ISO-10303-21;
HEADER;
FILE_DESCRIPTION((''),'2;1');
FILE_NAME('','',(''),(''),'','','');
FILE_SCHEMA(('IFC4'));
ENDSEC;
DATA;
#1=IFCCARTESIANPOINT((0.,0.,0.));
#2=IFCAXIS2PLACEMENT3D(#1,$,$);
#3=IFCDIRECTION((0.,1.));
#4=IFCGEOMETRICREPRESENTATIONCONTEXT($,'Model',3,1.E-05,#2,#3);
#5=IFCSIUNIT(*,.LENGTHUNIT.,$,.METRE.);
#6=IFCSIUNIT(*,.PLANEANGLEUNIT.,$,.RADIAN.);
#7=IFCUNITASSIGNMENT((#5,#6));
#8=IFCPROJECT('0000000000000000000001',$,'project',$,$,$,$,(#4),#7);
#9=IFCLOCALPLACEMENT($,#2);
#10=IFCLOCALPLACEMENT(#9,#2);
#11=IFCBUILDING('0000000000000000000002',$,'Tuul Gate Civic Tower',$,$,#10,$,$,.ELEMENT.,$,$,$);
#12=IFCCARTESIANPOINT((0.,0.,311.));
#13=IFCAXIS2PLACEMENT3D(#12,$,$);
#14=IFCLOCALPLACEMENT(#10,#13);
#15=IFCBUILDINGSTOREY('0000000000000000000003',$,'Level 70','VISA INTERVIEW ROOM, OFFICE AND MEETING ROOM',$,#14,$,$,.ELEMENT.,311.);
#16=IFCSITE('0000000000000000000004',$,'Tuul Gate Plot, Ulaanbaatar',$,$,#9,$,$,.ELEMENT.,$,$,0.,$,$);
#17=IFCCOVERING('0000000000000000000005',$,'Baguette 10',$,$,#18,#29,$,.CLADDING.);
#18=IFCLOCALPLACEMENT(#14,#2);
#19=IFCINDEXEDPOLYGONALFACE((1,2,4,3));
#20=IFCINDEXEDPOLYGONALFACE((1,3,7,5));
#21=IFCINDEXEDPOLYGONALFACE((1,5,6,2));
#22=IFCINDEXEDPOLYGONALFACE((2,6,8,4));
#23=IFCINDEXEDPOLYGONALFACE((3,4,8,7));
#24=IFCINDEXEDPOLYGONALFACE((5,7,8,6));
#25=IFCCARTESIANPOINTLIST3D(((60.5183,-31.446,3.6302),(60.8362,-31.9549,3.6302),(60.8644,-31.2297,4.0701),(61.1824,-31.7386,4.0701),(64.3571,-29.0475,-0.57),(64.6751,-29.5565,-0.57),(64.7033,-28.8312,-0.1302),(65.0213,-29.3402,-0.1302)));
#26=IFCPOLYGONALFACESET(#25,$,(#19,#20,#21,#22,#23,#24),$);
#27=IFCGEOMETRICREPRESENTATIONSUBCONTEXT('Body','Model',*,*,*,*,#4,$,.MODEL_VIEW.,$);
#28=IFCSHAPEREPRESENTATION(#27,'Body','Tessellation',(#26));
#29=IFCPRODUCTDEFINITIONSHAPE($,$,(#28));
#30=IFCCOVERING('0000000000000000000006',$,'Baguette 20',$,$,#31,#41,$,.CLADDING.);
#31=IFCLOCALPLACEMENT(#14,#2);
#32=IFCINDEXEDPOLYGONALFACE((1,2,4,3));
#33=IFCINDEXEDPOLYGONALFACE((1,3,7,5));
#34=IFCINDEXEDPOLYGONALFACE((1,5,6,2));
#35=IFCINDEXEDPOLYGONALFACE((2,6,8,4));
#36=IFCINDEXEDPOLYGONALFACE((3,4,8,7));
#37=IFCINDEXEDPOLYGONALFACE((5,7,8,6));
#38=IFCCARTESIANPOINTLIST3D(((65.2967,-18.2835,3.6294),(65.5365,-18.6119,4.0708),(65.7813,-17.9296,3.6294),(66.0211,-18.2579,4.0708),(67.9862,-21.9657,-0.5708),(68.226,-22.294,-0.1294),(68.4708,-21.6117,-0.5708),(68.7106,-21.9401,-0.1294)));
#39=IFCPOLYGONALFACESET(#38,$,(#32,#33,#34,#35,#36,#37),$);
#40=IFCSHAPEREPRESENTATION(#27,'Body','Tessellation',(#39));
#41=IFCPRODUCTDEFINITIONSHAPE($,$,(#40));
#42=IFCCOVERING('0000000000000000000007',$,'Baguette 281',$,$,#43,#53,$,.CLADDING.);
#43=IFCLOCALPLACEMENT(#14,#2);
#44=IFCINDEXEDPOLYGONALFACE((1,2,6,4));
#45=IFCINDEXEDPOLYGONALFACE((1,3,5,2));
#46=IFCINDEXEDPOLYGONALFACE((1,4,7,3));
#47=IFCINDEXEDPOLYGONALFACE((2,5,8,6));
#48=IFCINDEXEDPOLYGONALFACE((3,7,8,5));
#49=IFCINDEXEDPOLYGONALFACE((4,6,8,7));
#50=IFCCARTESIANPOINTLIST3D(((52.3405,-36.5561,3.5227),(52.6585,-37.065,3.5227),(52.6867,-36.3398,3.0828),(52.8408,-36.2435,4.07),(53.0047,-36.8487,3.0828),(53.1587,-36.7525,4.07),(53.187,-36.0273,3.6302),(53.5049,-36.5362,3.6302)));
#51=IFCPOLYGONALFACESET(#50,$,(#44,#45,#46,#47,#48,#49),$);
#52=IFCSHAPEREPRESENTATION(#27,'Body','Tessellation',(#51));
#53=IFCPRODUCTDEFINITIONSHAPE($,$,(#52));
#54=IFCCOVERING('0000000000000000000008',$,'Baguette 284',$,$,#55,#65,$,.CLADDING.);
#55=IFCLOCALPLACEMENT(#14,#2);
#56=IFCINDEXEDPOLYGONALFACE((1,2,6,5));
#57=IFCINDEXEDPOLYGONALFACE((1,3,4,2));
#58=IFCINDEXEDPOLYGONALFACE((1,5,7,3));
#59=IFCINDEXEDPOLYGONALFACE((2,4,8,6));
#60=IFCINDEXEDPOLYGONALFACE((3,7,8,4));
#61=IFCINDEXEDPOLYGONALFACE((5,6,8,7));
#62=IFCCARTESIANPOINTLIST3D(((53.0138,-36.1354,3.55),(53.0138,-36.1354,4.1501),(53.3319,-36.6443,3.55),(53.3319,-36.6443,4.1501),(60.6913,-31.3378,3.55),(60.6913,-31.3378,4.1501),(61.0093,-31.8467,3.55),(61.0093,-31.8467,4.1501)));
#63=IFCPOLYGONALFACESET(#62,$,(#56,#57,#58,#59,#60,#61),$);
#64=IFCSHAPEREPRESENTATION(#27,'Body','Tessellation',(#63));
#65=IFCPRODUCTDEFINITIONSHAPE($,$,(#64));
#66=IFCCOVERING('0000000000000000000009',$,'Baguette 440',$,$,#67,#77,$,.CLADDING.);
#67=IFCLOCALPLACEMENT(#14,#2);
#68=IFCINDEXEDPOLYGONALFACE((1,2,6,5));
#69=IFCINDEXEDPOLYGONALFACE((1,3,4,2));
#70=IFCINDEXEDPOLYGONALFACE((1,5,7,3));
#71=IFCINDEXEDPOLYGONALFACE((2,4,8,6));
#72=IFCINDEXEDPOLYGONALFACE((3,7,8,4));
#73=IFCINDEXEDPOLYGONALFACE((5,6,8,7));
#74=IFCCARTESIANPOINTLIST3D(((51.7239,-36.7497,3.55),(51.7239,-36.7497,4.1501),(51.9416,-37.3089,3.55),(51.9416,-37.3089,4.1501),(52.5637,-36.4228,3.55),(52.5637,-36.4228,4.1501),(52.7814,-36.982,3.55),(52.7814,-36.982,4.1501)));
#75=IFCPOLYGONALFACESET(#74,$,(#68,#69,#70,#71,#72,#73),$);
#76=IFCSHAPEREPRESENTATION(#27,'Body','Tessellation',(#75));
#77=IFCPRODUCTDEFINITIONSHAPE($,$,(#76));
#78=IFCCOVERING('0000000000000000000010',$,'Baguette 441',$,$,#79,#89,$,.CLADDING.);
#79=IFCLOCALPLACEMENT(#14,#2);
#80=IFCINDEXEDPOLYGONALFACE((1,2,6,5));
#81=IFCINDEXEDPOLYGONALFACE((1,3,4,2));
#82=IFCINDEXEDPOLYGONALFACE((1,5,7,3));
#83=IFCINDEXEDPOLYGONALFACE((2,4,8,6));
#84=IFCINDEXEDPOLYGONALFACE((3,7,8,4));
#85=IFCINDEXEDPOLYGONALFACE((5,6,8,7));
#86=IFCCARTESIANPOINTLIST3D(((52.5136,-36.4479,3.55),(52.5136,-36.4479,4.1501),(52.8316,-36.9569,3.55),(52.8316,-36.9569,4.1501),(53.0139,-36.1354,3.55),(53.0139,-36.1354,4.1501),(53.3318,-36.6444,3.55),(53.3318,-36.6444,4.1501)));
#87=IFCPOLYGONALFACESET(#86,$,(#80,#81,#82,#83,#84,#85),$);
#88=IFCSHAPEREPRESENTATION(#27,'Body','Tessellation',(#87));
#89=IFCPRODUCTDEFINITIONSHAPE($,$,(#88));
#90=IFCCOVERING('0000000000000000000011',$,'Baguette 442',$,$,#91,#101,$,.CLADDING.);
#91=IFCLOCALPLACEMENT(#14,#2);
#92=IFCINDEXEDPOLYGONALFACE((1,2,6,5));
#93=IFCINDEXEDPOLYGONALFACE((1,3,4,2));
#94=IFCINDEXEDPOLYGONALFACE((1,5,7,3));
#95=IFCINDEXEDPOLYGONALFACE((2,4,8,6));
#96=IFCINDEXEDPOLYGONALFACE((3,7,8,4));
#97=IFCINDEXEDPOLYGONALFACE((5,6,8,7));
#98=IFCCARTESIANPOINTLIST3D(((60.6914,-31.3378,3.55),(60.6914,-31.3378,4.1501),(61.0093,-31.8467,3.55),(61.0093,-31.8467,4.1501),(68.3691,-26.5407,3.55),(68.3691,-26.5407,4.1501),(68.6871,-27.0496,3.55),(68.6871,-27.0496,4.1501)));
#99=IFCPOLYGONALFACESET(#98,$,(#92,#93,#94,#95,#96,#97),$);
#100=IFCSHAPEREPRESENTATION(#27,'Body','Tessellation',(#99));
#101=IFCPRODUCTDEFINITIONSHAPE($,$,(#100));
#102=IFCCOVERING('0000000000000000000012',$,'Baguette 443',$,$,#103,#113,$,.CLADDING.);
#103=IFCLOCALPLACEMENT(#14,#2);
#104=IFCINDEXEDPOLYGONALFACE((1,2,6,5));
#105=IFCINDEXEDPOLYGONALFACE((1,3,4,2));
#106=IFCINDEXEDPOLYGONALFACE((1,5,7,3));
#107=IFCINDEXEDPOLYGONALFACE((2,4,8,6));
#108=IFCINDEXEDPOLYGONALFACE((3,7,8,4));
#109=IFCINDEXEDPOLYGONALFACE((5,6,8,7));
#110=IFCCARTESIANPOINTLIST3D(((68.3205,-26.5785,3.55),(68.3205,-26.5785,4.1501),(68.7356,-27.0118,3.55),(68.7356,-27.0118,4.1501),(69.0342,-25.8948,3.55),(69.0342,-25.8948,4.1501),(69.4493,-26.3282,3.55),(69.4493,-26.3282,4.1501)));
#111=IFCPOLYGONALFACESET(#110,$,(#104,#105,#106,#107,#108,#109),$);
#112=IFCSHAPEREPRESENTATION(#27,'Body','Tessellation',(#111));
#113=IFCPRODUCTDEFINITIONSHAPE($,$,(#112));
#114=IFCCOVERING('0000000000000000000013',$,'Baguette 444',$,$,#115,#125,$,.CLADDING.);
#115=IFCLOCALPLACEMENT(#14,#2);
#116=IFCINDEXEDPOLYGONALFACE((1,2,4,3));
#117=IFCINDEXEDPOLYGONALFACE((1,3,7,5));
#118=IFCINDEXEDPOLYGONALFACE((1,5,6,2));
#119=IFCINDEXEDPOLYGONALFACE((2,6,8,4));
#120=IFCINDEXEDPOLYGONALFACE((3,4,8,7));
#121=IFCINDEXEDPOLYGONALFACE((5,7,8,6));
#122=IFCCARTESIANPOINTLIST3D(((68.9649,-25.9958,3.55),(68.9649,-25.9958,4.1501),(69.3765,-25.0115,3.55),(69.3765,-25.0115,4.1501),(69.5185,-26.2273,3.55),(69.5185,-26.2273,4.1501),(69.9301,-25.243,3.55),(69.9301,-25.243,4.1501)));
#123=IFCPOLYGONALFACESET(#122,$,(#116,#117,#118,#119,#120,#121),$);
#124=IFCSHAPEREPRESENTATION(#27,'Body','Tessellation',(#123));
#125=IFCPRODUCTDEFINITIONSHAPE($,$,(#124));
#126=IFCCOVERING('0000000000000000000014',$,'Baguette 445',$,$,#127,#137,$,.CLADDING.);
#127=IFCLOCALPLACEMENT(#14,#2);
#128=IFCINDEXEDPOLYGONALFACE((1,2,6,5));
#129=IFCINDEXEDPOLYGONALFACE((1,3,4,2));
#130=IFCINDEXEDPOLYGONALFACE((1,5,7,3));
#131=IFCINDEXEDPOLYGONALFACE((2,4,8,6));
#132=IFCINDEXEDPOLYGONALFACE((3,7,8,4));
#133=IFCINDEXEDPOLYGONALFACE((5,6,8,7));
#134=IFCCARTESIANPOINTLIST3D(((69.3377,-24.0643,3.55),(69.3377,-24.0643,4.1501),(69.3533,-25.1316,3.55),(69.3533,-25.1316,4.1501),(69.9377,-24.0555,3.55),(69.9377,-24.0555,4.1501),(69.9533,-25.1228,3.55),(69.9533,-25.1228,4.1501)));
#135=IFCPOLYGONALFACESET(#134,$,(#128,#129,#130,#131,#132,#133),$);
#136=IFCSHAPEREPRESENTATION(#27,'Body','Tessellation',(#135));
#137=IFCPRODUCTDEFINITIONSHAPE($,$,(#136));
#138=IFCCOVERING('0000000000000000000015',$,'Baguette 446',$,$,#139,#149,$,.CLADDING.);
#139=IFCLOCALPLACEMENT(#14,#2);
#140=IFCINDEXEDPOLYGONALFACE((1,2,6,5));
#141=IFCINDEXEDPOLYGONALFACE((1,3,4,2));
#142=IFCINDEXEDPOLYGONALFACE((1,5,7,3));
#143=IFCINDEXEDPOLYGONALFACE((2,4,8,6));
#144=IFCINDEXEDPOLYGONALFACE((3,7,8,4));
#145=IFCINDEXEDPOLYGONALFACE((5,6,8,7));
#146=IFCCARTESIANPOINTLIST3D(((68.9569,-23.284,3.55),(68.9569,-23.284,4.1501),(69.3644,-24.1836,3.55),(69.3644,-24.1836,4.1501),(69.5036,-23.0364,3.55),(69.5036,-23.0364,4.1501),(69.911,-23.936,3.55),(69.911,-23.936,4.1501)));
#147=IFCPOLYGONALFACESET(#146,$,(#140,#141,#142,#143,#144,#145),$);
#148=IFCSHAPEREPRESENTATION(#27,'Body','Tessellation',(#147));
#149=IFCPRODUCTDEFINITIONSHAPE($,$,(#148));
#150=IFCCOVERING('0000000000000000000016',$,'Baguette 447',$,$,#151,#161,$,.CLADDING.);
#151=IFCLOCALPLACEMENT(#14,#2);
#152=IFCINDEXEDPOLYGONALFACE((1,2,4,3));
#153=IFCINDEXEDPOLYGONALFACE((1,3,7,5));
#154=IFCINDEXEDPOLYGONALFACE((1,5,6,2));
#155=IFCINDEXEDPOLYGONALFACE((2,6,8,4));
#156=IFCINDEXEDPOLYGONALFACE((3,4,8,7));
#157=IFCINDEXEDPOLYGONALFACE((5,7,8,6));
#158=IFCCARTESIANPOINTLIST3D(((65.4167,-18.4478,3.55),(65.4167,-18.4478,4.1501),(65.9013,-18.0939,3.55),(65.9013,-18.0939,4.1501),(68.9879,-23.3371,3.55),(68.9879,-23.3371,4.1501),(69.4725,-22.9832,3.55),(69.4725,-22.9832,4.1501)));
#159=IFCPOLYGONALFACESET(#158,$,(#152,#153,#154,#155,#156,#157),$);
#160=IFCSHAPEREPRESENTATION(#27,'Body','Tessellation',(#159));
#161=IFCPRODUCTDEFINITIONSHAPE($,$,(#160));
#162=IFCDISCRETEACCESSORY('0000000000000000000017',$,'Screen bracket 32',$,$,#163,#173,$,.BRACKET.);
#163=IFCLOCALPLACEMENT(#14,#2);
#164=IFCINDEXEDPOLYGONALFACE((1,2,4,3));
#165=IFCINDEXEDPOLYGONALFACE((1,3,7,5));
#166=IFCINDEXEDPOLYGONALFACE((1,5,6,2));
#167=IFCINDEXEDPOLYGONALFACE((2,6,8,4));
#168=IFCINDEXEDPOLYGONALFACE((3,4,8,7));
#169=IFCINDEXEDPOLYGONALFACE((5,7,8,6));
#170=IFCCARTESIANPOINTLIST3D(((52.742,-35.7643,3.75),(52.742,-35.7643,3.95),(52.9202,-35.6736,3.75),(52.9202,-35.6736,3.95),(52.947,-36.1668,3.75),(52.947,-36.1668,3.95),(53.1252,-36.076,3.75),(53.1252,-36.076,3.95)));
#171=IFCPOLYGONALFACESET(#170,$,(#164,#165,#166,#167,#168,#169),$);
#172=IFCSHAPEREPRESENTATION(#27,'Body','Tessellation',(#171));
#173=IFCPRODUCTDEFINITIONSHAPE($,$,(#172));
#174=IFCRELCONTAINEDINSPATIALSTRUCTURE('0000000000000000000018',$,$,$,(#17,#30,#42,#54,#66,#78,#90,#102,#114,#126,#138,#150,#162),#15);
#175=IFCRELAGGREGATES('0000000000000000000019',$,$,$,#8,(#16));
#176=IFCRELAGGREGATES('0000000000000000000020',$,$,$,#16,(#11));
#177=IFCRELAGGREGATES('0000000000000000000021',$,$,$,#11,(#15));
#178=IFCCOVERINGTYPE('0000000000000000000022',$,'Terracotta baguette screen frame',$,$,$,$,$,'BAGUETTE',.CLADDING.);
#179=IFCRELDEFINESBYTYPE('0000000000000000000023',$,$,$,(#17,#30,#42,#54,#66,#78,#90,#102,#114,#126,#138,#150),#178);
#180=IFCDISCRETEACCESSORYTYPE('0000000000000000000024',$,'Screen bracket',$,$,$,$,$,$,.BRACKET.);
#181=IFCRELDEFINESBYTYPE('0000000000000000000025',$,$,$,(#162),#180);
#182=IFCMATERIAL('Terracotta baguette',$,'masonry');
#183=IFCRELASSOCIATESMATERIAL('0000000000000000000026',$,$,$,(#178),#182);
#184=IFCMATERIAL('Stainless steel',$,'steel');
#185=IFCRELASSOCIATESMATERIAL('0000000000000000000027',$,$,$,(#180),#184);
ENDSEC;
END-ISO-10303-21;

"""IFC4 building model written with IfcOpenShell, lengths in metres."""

from ifc_helpers import new_model, si_unit, direction, frame, origin, origin_2d, place, context, subcontext, project, spatial, rectangle, extrude, material, material_profile, profile_set, type_object, element, save


model = new_model("IFC4")

# Units and contexts
model_context = context("Model", 3, precision=1e-05, world=origin(), true_north=direction((0.0, 1.0)))
body_context = subcontext(model_context, "Body", "Model", "MODEL_VIEW")
ifc_project = project(units=[si_unit("LENGTHUNIT", "METRE"), si_unit("PLANEANGLEUNIT", "RADIAN")], contexts=[model_context])

# Site, building, storey
site_placement = place(None, origin())
site = spatial("IfcSite", under=ifc_project, at=site_placement, Name="Tuul Gate Plot, Ulaanbaatar", CompositionType="ELEMENT", RefElevation=0.0)
building_placement = place(site_placement, origin())
building = spatial("IfcBuilding", under=site, at=building_placement, Name="Tuul Gate Civic Tower", CompositionType="ELEMENT")
storey_placement = place(building_placement, frame((0.0, 0.0, 311.0)))
storey = spatial("IfcBuildingStorey", under=building, at=storey_placement, Name="Level 70", Description="VISA INTERVIEW ROOM, OFFICE AND MEETING ROOM", CompositionType="ELEMENT", Elevation=311.0)

# Coverings
ifc_material_1 = material(Name="Terracotta baguette", Category="masonry")
ifc_material_profile_1 = material_profile(ifc_material_1, rectangle(XDim=0.6001, YDim=0.6001, at=origin_2d()), Name="Terracotta baguette screen frame")
ifc_profile_set_1 = profile_set([ifc_material_profile_1], Name="Terracotta baguette")
covering_type = type_object("IfcCoveringType", Name="Terracotta baguette screen frame", ElementType="BAGUETTE", PredefinedType="CLADDING", material=ifc_profile_set_1)
covering_1_placement = place(storey_placement, frame((64.6892, -29.1938, -0.3501), z_axis=(-0.621675, -0.388409, 0.68019), x_axis=(0.529863, -0.848083, 0.0)))
element("IfcCovering", 1, at=covering_1_placement, inside=storey, type_object=covering_type, Name="Baguette 10", PredefinedType="CLADDING", context=body_context, shape_type="SweptSolid", body=[
    extrude(rectangle(XDim=0.6001, YDim=0.6001, at=origin_2d()), origin(), (0.0, 0.0, 1.0), 6.175),
])
covering_2_placement = place(storey_placement, frame((68.3484, -21.9529, -0.3501), z_axis=(-0.433823, 0.593947, 0.677514), x_axis=(-0.80753, -0.589826, 0.0)))
element("IfcCovering", 2, at=covering_2_placement, inside=storey, type_object=covering_type, Name="Baguette 20", PredefinedType="CLADDING", context=body_context, shape_type="SweptSolid", body=[
    extrude(rectangle(XDim=0.6001, YDim=0.6001, at=origin_2d()), origin(), (0.0, 0.0, 1.0), 6.1995),
])
covering_3_placement = place(storey_placement, frame((52.6726, -36.7024, 3.3027), z_axis=(0.62167, 0.388354, 0.680226), x_axis=(-0.529813, 0.848115, 0.0)))
element("IfcCovering", 3, at=covering_3_placement, inside=storey, type_object=covering_type, Name="Baguette 281", PredefinedType="CLADDING", context=body_context, shape_type="SweptSolid", body=[
    extrude(rectangle(XDim=0.6001, YDim=0.6001, at=origin_2d()), origin(), (0.0, 0.0, 1.0), 0.8047),
])
covering_4_placement = place(storey_placement, frame((53.1729, -36.3899, 3.8501), z_axis=(0.848039, 0.529933, 0.0), x_axis=(-0.529933, 0.848039, 0.0)))
element("IfcCovering", 4, at=covering_4_placement, inside=storey, type_object=covering_type, Name="Baguette 284", PredefinedType="CLADDING", context=body_context, shape_type="SweptSolid", body=[
    extrude(rectangle(XDim=0.6001, YDim=0.6001, at=origin_2d()), origin(), (0.0, 0.0, 1.0), 9.0532),
])
covering_5_placement = place(storey_placement, frame((51.8328, -37.0293, 3.8501), z_axis=(0.931893, 0.362734, 0.0), x_axis=(-0.362734, 0.931893, 0.0)))
element("IfcCovering", 5, at=covering_5_placement, inside=storey, type_object=covering_type, Name="Baguette 440", PredefinedType="CLADDING", context=body_context, shape_type="SweptSolid", body=[
    extrude(rectangle(XDim=0.6001, YDim=0.6001, at=origin_2d()), origin(), (0.0, 0.0, 1.0), 0.9011),
])
covering_6_placement = place(storey_placement, frame((52.6726, -36.7024, 3.8501), z_axis=(0.848115, 0.529813, 0.0), x_axis=(-0.529813, 0.848115, 0.0)))
element("IfcCovering", 6, at=covering_6_placement, inside=storey, type_object=covering_type, Name="Baguette 441", PredefinedType="CLADDING", context=body_context, shape_type="SweptSolid", body=[
    extrude(rectangle(XDim=0.6001, YDim=0.6001, at=origin_2d()), origin(), (0.0, 0.0, 1.0), 0.5898),
])
covering_7_placement = place(storey_placement, frame((60.8503, -31.5923, 3.8501), z_axis=(0.848071, 0.529883, 0.0), x_axis=(-0.529883, 0.848071, 0.0)))
element("IfcCovering", 7, at=covering_7_placement, inside=storey, type_object=covering_type, Name="Baguette 442", PredefinedType="CLADDING", context=body_context, shape_type="SweptSolid", body=[
    extrude(rectangle(XDim=0.6001, YDim=0.6001, at=origin_2d()), origin(), (0.0, 0.0, 1.0), 9.0532),
])
covering_8_placement = place(storey_placement, frame((68.5281, -26.7952, 3.8501), z_axis=(0.722137, 0.69175, 0.0), x_axis=(-0.69175, 0.722137, 0.0)))
element("IfcCovering", 8, at=covering_8_placement, inside=storey, type_object=covering_type, Name="Baguette 443", PredefinedType="CLADDING", context=body_context, shape_type="SweptSolid", body=[
    extrude(rectangle(XDim=0.6001, YDim=0.6001, at=origin_2d()), origin(), (0.0, 0.0, 1.0), 0.9883),
])
covering_9_placement = place(storey_placement, frame((69.2417, -26.1116, 3.8501), z_axis=(0.385785, 0.922589, 0.0), x_axis=(-0.922589, 0.385785, 0.0)))
element("IfcCovering", 9, at=covering_9_placement, inside=storey, type_object=covering_type, Name="Baguette 444", PredefinedType="CLADDING", context=body_context, shape_type="SweptSolid", body=[
    extrude(rectangle(XDim=0.6001, YDim=0.6001, at=origin_2d()), origin(), (0.0, 0.0, 1.0), 1.0669),
])
covering_10_placement = place(storey_placement, frame((69.6533, -25.1272, 3.8501), z_axis=(-0.014637, 0.999893, 0.0), x_axis=(-0.999893, -0.014637, 0.0)))
element("IfcCovering", 10, at=covering_10_placement, inside=storey, type_object=covering_type, Name="Baguette 445", PredefinedType="CLADDING", context=body_context, shape_type="SweptSolid", body=[
    extrude(rectangle(XDim=0.6001, YDim=0.6001, at=origin_2d()), origin(), (0.0, 0.0, 1.0), 1.0674),
])
covering_11_placement = place(storey_placement, frame((69.6377, -24.0598, 3.8501), z_axis=(-0.412573, 0.910924, 0.0), x_axis=(-0.910924, -0.412573, 0.0)))
element("IfcCovering", 11, at=covering_11_placement, inside=storey, type_object=covering_type, Name="Baguette 446", PredefinedType="CLADDING", context=body_context, shape_type="SweptSolid", body=[
    extrude(rectangle(XDim=0.6001, YDim=0.6001, at=origin_2d()), origin(), (0.0, 0.0, 1.0), 0.9875),
])
covering_12_placement = place(storey_placement, frame((69.2302, -23.1602, 3.8501), z_axis=(-0.58983, 0.807528, 0.0), x_axis=(-0.807528, -0.58983, 0.0)))
element("IfcCovering", 12, at=covering_12_placement, inside=storey, type_object=covering_type, Name="Baguette 447", PredefinedType="CLADDING", context=body_context, shape_type="SweptSolid", body=[
    extrude(rectangle(XDim=0.6001, YDim=0.6001, at=origin_2d()), origin(), (0.0, 0.0, 1.0), 6.0547),
])

# Discrete accessory
ifc_material_2 = material(Name="Stainless steel", Category="steel")
discrete_accessory_type = type_object("IfcDiscreteAccessoryType", Name="Screen bracket", PredefinedType="BRACKET", material=ifc_material_2)
discrete_accessory_placement = place(storey_placement, frame((52.9336, -35.9202, 3.75), z_axis=(0.0, 0.0, 1.0), x_axis=(0.453849, -0.891079, 0.0)))
element("IfcDiscreteAccessory", 13, at=discrete_accessory_placement, inside=storey, type_object=discrete_accessory_type, Name="Screen bracket 32", PredefinedType="BRACKET", context=body_context, shape_type="SweptSolid", body=[
    extrude(rectangle(XDim=0.4517, YDim=0.2, at=origin_2d()), origin(), (0.0, 0.0, 1.0), 0.2),
])

save(model, "model.ifc")
